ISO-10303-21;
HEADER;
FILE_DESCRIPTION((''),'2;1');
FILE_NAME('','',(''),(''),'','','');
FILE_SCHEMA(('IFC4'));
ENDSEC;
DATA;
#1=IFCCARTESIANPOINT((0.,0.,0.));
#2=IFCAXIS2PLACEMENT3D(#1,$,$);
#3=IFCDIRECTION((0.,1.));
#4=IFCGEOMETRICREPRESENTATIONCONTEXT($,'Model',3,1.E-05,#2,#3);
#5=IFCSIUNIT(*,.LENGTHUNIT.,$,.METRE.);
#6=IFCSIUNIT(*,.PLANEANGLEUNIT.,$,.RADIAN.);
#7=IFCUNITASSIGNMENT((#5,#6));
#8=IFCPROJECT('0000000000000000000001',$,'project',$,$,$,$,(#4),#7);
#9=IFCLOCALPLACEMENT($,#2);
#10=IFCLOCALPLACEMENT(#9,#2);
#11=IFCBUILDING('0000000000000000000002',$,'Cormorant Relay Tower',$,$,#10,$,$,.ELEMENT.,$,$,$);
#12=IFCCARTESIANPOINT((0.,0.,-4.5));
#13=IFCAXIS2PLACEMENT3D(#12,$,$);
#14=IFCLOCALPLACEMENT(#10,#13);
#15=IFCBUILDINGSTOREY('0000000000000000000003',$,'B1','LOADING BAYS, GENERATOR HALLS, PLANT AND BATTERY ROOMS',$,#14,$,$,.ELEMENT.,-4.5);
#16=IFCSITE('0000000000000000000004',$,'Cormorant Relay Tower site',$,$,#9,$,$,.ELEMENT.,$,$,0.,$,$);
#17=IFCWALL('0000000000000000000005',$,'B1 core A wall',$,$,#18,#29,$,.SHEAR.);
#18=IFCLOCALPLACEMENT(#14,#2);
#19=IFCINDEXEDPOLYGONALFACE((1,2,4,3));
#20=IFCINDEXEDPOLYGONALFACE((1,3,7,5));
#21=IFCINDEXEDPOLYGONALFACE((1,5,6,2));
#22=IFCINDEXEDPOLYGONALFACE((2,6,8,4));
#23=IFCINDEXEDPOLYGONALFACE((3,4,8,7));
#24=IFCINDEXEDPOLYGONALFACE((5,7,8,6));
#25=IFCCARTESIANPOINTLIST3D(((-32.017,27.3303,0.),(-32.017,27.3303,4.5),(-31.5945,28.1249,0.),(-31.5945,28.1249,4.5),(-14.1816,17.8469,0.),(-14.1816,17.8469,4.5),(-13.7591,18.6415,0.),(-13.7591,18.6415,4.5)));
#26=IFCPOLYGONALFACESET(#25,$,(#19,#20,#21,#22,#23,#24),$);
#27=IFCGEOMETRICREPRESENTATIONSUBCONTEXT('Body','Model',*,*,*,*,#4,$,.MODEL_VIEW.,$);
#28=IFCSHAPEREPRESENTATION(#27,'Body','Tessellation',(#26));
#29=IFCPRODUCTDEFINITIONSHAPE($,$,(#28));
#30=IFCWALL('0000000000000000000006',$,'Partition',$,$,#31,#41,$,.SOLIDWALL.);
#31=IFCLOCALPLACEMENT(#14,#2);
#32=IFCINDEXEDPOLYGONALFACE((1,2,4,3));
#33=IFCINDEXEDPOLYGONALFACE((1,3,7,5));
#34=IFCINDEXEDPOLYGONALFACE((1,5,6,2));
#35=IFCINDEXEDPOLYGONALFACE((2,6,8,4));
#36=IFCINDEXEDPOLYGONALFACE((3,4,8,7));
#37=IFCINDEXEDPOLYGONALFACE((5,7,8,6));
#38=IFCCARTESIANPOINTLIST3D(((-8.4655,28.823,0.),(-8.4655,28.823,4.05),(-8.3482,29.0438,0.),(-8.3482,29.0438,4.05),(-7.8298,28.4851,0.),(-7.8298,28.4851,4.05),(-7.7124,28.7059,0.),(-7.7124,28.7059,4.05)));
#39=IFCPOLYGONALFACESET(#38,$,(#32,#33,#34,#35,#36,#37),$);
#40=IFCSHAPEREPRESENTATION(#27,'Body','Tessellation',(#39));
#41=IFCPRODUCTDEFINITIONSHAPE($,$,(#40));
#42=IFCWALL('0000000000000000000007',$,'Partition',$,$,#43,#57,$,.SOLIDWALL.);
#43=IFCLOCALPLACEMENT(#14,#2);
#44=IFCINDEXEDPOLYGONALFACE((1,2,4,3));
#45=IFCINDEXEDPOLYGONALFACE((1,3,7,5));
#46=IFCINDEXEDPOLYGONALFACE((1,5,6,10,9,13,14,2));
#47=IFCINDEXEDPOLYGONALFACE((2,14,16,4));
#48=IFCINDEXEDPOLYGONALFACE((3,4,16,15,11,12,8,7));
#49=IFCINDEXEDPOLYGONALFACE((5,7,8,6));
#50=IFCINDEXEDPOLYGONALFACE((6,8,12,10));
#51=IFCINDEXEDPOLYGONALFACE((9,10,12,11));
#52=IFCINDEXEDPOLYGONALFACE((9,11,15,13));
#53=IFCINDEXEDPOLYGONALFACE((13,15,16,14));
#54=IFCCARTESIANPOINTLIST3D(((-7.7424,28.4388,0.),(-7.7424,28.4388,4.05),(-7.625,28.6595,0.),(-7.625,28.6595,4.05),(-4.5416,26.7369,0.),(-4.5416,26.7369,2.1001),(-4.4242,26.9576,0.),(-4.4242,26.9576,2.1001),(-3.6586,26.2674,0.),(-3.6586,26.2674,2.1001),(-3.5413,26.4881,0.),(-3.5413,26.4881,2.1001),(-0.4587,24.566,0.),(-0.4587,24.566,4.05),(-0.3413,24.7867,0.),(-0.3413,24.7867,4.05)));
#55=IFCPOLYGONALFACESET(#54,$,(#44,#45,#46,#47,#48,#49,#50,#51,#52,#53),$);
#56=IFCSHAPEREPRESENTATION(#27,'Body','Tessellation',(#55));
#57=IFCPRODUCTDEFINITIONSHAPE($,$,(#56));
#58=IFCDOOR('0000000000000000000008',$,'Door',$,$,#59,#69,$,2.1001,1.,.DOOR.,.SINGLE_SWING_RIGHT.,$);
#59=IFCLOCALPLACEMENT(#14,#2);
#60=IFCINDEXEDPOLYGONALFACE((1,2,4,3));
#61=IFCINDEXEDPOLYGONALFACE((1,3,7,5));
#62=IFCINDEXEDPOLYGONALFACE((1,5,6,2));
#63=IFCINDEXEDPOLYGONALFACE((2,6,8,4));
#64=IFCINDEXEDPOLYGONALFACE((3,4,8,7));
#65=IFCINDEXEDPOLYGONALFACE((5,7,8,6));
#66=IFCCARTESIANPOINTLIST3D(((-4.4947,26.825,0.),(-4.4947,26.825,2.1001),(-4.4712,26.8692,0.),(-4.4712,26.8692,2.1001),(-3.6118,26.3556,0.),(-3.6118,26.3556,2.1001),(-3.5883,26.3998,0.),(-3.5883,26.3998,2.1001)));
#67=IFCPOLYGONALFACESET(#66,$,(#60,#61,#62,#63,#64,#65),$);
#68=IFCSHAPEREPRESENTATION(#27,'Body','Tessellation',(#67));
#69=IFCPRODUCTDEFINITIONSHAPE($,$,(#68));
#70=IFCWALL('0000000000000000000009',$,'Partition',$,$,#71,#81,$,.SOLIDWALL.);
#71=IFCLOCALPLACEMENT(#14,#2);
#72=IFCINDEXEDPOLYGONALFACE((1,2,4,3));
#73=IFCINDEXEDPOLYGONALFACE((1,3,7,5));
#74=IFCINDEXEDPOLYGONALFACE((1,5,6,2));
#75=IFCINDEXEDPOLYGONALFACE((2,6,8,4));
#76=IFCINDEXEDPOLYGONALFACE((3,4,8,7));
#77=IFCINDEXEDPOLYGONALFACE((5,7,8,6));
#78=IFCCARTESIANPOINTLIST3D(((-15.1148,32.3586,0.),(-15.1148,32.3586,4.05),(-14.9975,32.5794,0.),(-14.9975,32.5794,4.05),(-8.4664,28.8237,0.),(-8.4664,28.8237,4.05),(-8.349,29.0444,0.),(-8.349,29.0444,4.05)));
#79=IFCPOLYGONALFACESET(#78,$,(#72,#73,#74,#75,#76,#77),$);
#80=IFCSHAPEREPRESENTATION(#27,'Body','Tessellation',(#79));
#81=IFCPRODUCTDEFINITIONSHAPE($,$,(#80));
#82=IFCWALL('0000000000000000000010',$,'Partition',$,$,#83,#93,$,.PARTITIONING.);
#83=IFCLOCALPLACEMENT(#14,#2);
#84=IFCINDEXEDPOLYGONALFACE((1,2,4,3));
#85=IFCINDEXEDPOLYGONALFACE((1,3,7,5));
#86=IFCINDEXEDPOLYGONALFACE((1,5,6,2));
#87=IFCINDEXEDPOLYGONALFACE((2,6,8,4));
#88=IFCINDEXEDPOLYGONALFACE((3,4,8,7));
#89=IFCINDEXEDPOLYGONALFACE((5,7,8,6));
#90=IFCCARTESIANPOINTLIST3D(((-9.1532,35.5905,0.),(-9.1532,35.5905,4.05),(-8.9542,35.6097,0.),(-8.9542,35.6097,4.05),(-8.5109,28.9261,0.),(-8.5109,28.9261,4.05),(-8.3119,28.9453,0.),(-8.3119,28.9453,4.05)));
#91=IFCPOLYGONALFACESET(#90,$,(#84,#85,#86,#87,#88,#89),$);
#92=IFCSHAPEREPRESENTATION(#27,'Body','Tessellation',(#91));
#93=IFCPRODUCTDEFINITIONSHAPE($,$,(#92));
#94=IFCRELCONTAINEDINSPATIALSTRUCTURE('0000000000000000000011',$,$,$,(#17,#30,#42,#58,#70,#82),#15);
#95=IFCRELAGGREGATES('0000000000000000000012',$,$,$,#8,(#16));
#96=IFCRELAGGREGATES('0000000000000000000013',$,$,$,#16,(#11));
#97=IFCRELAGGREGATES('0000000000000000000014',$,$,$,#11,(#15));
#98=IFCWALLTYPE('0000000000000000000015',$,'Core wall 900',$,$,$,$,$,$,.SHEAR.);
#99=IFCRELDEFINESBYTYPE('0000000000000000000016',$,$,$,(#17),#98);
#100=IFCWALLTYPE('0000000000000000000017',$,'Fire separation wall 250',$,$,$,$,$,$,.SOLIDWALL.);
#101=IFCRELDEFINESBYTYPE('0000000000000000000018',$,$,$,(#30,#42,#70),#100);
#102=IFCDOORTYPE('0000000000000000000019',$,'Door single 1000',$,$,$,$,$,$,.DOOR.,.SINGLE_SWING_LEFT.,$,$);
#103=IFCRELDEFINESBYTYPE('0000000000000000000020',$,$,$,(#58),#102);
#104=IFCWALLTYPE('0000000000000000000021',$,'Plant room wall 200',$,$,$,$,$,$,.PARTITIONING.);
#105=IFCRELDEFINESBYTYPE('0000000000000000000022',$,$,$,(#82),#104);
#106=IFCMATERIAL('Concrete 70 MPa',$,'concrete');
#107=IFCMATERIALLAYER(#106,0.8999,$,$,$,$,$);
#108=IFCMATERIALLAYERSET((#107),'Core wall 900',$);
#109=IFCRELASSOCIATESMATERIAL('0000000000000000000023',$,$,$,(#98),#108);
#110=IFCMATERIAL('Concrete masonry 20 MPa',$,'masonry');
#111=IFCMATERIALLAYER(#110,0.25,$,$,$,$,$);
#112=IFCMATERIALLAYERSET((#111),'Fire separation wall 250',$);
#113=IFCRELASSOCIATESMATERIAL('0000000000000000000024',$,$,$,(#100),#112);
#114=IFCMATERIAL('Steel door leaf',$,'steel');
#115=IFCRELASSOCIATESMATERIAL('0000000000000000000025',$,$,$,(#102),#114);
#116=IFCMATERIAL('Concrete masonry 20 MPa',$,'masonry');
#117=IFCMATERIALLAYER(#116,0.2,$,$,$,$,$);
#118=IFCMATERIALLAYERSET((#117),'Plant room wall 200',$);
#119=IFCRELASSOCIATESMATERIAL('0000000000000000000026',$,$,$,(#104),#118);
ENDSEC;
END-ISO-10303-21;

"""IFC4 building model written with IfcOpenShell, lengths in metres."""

from ifc_helpers import new_model, si_unit, direction, frame, frame_2d, origin, place, context, subcontext, project, spatial, rectangle, extrude, material, layer, layer_set, type_object, element, fill, save


model = new_model("IFC4")

# Units and contexts
model_context = context("Model", 3, precision=1e-05, world=origin(), true_north=direction((0.0, 1.0)))
body_context = subcontext(model_context, "Body", "Model", "MODEL_VIEW")
ifc_project = project(units=[si_unit("LENGTHUNIT", "METRE"), si_unit("PLANEANGLEUNIT", "RADIAN")], contexts=[model_context])

# Site, building, storey
site_placement = place(None, origin())
site = spatial("IfcSite", under=ifc_project, at=site_placement, Name="Cormorant Relay Tower site", CompositionType="ELEMENT", RefElevation=0.0)
building_placement = place(site_placement, origin())
building = spatial("IfcBuilding", under=site, at=building_placement, Name="Cormorant Relay Tower", CompositionType="ELEMENT")
storey_placement = place(building_placement, frame((0.0, 0.0, -4.5)))
storey = spatial("IfcBuildingStorey", under=building, at=storey_placement, Name="B1", Description="LOADING BAYS, GENERATOR HALLS, PLANT AND BATTERY ROOMS", CompositionType="ELEMENT", Elevation=-4.5)

# Shared definitions
ifc_material_1 = material(Name="Concrete 70 MPa", Category="concrete")
ifc_layer_1 = layer(ifc_material_1, 0.8999)
ifc_layer_set_1 = layer_set([ifc_layer_1], Name="Core wall 900")
wall_type_1 = type_object("IfcWallType", Name="Core wall 900", PredefinedType="SHEAR", material=ifc_layer_set_1)

# Walls
wall_1_placement = place(storey_placement, frame((-13.9702, 18.2441, 0.0), z_axis=(0.0, 0.0, 1.0), x_axis=(-0.882945, 0.469476, 0.0)))
element("IfcWall", 1, at=wall_1_placement, inside=storey, type_object=wall_type_1, Name="B1 core A wall", PredefinedType="SHEAR", context=body_context, shape_type="SweptSolid", body=[
    extrude(rectangle(XDim=20.2, YDim=0.8999, at=frame_2d((10.1001, 0.0))), origin(), (0.0, 0.0, 1.0), 4.5),
])
ifc_material_2 = material(Name="Concrete masonry 20 MPa", Category="masonry")
ifc_layer_2 = layer(ifc_material_2, 0.25)
ifc_layer_set_2 = layer_set([ifc_layer_2], Name="Fire separation wall 250")
wall_type_2 = type_object("IfcWallType", Name="Fire separation wall 250", PredefinedType="SOLIDWALL", material=ifc_layer_set_2)
wall_2_placement = place(storey_placement, frame((-8.4067, 28.9333, 0.0), z_axis=(0.0, 0.0, 1.0), x_axis=(0.883028, -0.469321, 0.0)))
element("IfcWall", 2, at=wall_2_placement, inside=storey, type_object=wall_type_2, Name="Partition", PredefinedType="SOLIDWALL", context=body_context, shape_type="SweptSolid", body=[
    extrude(rectangle(XDim=0.72, YDim=0.25, at=frame_2d((0.3599, 0.0))), origin(), (0.0, 0.0, 1.0), 4.05),
])

# Wall, opening, door
wall_3_placement = place(storey_placement, frame((-7.6836, 28.5491, 0.0), z_axis=(0.0, 0.0, 1.0), x_axis=(0.882948, -0.469471, 0.0)))
wall_3 = element("IfcWall", 3, at=wall_3_placement, inside=storey, type_object=wall_type_2, Name="Partition", PredefinedType="SOLIDWALL", context=body_context, shape_type="SweptSolid", body=[
    extrude(rectangle(XDim=8.2493, YDim=0.25, at=frame_2d((4.1245, 0.0))), origin(), (0.0, 0.0, 1.0), 4.05),
])
opening_1_placement = place(wall_3_placement, frame((3.625, 0.0, 0.0)))
opening_1 = element("IfcOpeningElement", 4, at=opening_1_placement, cuts=wall_3, PredefinedType="OPENING", context=body_context, shape_type="SweptSolid", body=[
    extrude(rectangle(XDim=1.0, YDim=2.1001, at=frame_2d((0.5, 1.05))), frame((0.0, 0.135, 0.0), z_axis=(0.0, -1.0, 0.0), x_axis=(1.0, 0.0, 0.0)), (0.0, 0.0, 1.0), 0.27),
])
ifc_material_3 = material(Name="Steel door leaf", Category="steel")
door_type_1 = type_object("IfcDoorType", Name="Door single 1000", OperationType="SINGLE_SWING_LEFT", PredefinedType="DOOR", material=ifc_material_3)
door_1_placement = place(opening_1_placement, origin())
door_1 = element("IfcDoor", 5, at=door_1_placement, inside=storey, type_object=door_type_1, Name="Door", OperationType="SINGLE_SWING_RIGHT", OverallHeight=2.1001, OverallWidth=1.0, PredefinedType="DOOR", context=body_context, shape_type="SweptSolid", body=[
    extrude(rectangle(XDim=1.0, YDim=2.1001, at=frame_2d((0.5, 1.05))), frame((0.0, 0.0249, 0.0), z_axis=(0.0, -1.0, 0.0), x_axis=(1.0, 0.0, 0.0)), (0.0, 0.0, 1.0), 0.05),
])
fill(opening_1, door_1)

# Walls
wall_4_placement = place(storey_placement, frame((-15.0562, 32.469, 0.0), z_axis=(0.0, 0.0, 1.0), x_axis=(0.882954, -0.469459, 0.0)))
element("IfcWall", 6, at=wall_4_placement, inside=storey, type_object=wall_type_2, Name="Partition", PredefinedType="SOLIDWALL", context=body_context, shape_type="SweptSolid", body=[
    extrude(rectangle(XDim=7.5298, YDim=0.25, at=frame_2d((3.7649, 0.0))), origin(), (0.0, 0.0, 1.0), 4.05),
])
ifc_material_4 = material(Name="Concrete masonry 20 MPa", Category="masonry")
ifc_layer_3 = layer(ifc_material_4, 0.2)
ifc_layer_set_3 = layer_set([ifc_layer_3], Name="Plant room wall 200")
wall_type_3 = type_object("IfcWallType", Name="Plant room wall 200", PredefinedType="PARTITIONING", material=ifc_layer_set_3)
wall_5_placement = place(storey_placement, frame((-9.0537, 35.6001, 0.0), z_axis=(0.0, 0.0, 1.0), x_axis=(0.09594, -0.995387, 0.0)))
element("IfcWall", 7, at=wall_5_placement, inside=storey, type_object=wall_type_3, Name="Partition", PredefinedType="PARTITIONING", context=body_context, shape_type="SweptSolid", body=[
    extrude(rectangle(XDim=6.6953, YDim=0.2, at=frame_2d((3.3477, 0.0))), origin(), (0.0, 0.0, 1.0), 4.05),
])

save(model, "model.ifc")
